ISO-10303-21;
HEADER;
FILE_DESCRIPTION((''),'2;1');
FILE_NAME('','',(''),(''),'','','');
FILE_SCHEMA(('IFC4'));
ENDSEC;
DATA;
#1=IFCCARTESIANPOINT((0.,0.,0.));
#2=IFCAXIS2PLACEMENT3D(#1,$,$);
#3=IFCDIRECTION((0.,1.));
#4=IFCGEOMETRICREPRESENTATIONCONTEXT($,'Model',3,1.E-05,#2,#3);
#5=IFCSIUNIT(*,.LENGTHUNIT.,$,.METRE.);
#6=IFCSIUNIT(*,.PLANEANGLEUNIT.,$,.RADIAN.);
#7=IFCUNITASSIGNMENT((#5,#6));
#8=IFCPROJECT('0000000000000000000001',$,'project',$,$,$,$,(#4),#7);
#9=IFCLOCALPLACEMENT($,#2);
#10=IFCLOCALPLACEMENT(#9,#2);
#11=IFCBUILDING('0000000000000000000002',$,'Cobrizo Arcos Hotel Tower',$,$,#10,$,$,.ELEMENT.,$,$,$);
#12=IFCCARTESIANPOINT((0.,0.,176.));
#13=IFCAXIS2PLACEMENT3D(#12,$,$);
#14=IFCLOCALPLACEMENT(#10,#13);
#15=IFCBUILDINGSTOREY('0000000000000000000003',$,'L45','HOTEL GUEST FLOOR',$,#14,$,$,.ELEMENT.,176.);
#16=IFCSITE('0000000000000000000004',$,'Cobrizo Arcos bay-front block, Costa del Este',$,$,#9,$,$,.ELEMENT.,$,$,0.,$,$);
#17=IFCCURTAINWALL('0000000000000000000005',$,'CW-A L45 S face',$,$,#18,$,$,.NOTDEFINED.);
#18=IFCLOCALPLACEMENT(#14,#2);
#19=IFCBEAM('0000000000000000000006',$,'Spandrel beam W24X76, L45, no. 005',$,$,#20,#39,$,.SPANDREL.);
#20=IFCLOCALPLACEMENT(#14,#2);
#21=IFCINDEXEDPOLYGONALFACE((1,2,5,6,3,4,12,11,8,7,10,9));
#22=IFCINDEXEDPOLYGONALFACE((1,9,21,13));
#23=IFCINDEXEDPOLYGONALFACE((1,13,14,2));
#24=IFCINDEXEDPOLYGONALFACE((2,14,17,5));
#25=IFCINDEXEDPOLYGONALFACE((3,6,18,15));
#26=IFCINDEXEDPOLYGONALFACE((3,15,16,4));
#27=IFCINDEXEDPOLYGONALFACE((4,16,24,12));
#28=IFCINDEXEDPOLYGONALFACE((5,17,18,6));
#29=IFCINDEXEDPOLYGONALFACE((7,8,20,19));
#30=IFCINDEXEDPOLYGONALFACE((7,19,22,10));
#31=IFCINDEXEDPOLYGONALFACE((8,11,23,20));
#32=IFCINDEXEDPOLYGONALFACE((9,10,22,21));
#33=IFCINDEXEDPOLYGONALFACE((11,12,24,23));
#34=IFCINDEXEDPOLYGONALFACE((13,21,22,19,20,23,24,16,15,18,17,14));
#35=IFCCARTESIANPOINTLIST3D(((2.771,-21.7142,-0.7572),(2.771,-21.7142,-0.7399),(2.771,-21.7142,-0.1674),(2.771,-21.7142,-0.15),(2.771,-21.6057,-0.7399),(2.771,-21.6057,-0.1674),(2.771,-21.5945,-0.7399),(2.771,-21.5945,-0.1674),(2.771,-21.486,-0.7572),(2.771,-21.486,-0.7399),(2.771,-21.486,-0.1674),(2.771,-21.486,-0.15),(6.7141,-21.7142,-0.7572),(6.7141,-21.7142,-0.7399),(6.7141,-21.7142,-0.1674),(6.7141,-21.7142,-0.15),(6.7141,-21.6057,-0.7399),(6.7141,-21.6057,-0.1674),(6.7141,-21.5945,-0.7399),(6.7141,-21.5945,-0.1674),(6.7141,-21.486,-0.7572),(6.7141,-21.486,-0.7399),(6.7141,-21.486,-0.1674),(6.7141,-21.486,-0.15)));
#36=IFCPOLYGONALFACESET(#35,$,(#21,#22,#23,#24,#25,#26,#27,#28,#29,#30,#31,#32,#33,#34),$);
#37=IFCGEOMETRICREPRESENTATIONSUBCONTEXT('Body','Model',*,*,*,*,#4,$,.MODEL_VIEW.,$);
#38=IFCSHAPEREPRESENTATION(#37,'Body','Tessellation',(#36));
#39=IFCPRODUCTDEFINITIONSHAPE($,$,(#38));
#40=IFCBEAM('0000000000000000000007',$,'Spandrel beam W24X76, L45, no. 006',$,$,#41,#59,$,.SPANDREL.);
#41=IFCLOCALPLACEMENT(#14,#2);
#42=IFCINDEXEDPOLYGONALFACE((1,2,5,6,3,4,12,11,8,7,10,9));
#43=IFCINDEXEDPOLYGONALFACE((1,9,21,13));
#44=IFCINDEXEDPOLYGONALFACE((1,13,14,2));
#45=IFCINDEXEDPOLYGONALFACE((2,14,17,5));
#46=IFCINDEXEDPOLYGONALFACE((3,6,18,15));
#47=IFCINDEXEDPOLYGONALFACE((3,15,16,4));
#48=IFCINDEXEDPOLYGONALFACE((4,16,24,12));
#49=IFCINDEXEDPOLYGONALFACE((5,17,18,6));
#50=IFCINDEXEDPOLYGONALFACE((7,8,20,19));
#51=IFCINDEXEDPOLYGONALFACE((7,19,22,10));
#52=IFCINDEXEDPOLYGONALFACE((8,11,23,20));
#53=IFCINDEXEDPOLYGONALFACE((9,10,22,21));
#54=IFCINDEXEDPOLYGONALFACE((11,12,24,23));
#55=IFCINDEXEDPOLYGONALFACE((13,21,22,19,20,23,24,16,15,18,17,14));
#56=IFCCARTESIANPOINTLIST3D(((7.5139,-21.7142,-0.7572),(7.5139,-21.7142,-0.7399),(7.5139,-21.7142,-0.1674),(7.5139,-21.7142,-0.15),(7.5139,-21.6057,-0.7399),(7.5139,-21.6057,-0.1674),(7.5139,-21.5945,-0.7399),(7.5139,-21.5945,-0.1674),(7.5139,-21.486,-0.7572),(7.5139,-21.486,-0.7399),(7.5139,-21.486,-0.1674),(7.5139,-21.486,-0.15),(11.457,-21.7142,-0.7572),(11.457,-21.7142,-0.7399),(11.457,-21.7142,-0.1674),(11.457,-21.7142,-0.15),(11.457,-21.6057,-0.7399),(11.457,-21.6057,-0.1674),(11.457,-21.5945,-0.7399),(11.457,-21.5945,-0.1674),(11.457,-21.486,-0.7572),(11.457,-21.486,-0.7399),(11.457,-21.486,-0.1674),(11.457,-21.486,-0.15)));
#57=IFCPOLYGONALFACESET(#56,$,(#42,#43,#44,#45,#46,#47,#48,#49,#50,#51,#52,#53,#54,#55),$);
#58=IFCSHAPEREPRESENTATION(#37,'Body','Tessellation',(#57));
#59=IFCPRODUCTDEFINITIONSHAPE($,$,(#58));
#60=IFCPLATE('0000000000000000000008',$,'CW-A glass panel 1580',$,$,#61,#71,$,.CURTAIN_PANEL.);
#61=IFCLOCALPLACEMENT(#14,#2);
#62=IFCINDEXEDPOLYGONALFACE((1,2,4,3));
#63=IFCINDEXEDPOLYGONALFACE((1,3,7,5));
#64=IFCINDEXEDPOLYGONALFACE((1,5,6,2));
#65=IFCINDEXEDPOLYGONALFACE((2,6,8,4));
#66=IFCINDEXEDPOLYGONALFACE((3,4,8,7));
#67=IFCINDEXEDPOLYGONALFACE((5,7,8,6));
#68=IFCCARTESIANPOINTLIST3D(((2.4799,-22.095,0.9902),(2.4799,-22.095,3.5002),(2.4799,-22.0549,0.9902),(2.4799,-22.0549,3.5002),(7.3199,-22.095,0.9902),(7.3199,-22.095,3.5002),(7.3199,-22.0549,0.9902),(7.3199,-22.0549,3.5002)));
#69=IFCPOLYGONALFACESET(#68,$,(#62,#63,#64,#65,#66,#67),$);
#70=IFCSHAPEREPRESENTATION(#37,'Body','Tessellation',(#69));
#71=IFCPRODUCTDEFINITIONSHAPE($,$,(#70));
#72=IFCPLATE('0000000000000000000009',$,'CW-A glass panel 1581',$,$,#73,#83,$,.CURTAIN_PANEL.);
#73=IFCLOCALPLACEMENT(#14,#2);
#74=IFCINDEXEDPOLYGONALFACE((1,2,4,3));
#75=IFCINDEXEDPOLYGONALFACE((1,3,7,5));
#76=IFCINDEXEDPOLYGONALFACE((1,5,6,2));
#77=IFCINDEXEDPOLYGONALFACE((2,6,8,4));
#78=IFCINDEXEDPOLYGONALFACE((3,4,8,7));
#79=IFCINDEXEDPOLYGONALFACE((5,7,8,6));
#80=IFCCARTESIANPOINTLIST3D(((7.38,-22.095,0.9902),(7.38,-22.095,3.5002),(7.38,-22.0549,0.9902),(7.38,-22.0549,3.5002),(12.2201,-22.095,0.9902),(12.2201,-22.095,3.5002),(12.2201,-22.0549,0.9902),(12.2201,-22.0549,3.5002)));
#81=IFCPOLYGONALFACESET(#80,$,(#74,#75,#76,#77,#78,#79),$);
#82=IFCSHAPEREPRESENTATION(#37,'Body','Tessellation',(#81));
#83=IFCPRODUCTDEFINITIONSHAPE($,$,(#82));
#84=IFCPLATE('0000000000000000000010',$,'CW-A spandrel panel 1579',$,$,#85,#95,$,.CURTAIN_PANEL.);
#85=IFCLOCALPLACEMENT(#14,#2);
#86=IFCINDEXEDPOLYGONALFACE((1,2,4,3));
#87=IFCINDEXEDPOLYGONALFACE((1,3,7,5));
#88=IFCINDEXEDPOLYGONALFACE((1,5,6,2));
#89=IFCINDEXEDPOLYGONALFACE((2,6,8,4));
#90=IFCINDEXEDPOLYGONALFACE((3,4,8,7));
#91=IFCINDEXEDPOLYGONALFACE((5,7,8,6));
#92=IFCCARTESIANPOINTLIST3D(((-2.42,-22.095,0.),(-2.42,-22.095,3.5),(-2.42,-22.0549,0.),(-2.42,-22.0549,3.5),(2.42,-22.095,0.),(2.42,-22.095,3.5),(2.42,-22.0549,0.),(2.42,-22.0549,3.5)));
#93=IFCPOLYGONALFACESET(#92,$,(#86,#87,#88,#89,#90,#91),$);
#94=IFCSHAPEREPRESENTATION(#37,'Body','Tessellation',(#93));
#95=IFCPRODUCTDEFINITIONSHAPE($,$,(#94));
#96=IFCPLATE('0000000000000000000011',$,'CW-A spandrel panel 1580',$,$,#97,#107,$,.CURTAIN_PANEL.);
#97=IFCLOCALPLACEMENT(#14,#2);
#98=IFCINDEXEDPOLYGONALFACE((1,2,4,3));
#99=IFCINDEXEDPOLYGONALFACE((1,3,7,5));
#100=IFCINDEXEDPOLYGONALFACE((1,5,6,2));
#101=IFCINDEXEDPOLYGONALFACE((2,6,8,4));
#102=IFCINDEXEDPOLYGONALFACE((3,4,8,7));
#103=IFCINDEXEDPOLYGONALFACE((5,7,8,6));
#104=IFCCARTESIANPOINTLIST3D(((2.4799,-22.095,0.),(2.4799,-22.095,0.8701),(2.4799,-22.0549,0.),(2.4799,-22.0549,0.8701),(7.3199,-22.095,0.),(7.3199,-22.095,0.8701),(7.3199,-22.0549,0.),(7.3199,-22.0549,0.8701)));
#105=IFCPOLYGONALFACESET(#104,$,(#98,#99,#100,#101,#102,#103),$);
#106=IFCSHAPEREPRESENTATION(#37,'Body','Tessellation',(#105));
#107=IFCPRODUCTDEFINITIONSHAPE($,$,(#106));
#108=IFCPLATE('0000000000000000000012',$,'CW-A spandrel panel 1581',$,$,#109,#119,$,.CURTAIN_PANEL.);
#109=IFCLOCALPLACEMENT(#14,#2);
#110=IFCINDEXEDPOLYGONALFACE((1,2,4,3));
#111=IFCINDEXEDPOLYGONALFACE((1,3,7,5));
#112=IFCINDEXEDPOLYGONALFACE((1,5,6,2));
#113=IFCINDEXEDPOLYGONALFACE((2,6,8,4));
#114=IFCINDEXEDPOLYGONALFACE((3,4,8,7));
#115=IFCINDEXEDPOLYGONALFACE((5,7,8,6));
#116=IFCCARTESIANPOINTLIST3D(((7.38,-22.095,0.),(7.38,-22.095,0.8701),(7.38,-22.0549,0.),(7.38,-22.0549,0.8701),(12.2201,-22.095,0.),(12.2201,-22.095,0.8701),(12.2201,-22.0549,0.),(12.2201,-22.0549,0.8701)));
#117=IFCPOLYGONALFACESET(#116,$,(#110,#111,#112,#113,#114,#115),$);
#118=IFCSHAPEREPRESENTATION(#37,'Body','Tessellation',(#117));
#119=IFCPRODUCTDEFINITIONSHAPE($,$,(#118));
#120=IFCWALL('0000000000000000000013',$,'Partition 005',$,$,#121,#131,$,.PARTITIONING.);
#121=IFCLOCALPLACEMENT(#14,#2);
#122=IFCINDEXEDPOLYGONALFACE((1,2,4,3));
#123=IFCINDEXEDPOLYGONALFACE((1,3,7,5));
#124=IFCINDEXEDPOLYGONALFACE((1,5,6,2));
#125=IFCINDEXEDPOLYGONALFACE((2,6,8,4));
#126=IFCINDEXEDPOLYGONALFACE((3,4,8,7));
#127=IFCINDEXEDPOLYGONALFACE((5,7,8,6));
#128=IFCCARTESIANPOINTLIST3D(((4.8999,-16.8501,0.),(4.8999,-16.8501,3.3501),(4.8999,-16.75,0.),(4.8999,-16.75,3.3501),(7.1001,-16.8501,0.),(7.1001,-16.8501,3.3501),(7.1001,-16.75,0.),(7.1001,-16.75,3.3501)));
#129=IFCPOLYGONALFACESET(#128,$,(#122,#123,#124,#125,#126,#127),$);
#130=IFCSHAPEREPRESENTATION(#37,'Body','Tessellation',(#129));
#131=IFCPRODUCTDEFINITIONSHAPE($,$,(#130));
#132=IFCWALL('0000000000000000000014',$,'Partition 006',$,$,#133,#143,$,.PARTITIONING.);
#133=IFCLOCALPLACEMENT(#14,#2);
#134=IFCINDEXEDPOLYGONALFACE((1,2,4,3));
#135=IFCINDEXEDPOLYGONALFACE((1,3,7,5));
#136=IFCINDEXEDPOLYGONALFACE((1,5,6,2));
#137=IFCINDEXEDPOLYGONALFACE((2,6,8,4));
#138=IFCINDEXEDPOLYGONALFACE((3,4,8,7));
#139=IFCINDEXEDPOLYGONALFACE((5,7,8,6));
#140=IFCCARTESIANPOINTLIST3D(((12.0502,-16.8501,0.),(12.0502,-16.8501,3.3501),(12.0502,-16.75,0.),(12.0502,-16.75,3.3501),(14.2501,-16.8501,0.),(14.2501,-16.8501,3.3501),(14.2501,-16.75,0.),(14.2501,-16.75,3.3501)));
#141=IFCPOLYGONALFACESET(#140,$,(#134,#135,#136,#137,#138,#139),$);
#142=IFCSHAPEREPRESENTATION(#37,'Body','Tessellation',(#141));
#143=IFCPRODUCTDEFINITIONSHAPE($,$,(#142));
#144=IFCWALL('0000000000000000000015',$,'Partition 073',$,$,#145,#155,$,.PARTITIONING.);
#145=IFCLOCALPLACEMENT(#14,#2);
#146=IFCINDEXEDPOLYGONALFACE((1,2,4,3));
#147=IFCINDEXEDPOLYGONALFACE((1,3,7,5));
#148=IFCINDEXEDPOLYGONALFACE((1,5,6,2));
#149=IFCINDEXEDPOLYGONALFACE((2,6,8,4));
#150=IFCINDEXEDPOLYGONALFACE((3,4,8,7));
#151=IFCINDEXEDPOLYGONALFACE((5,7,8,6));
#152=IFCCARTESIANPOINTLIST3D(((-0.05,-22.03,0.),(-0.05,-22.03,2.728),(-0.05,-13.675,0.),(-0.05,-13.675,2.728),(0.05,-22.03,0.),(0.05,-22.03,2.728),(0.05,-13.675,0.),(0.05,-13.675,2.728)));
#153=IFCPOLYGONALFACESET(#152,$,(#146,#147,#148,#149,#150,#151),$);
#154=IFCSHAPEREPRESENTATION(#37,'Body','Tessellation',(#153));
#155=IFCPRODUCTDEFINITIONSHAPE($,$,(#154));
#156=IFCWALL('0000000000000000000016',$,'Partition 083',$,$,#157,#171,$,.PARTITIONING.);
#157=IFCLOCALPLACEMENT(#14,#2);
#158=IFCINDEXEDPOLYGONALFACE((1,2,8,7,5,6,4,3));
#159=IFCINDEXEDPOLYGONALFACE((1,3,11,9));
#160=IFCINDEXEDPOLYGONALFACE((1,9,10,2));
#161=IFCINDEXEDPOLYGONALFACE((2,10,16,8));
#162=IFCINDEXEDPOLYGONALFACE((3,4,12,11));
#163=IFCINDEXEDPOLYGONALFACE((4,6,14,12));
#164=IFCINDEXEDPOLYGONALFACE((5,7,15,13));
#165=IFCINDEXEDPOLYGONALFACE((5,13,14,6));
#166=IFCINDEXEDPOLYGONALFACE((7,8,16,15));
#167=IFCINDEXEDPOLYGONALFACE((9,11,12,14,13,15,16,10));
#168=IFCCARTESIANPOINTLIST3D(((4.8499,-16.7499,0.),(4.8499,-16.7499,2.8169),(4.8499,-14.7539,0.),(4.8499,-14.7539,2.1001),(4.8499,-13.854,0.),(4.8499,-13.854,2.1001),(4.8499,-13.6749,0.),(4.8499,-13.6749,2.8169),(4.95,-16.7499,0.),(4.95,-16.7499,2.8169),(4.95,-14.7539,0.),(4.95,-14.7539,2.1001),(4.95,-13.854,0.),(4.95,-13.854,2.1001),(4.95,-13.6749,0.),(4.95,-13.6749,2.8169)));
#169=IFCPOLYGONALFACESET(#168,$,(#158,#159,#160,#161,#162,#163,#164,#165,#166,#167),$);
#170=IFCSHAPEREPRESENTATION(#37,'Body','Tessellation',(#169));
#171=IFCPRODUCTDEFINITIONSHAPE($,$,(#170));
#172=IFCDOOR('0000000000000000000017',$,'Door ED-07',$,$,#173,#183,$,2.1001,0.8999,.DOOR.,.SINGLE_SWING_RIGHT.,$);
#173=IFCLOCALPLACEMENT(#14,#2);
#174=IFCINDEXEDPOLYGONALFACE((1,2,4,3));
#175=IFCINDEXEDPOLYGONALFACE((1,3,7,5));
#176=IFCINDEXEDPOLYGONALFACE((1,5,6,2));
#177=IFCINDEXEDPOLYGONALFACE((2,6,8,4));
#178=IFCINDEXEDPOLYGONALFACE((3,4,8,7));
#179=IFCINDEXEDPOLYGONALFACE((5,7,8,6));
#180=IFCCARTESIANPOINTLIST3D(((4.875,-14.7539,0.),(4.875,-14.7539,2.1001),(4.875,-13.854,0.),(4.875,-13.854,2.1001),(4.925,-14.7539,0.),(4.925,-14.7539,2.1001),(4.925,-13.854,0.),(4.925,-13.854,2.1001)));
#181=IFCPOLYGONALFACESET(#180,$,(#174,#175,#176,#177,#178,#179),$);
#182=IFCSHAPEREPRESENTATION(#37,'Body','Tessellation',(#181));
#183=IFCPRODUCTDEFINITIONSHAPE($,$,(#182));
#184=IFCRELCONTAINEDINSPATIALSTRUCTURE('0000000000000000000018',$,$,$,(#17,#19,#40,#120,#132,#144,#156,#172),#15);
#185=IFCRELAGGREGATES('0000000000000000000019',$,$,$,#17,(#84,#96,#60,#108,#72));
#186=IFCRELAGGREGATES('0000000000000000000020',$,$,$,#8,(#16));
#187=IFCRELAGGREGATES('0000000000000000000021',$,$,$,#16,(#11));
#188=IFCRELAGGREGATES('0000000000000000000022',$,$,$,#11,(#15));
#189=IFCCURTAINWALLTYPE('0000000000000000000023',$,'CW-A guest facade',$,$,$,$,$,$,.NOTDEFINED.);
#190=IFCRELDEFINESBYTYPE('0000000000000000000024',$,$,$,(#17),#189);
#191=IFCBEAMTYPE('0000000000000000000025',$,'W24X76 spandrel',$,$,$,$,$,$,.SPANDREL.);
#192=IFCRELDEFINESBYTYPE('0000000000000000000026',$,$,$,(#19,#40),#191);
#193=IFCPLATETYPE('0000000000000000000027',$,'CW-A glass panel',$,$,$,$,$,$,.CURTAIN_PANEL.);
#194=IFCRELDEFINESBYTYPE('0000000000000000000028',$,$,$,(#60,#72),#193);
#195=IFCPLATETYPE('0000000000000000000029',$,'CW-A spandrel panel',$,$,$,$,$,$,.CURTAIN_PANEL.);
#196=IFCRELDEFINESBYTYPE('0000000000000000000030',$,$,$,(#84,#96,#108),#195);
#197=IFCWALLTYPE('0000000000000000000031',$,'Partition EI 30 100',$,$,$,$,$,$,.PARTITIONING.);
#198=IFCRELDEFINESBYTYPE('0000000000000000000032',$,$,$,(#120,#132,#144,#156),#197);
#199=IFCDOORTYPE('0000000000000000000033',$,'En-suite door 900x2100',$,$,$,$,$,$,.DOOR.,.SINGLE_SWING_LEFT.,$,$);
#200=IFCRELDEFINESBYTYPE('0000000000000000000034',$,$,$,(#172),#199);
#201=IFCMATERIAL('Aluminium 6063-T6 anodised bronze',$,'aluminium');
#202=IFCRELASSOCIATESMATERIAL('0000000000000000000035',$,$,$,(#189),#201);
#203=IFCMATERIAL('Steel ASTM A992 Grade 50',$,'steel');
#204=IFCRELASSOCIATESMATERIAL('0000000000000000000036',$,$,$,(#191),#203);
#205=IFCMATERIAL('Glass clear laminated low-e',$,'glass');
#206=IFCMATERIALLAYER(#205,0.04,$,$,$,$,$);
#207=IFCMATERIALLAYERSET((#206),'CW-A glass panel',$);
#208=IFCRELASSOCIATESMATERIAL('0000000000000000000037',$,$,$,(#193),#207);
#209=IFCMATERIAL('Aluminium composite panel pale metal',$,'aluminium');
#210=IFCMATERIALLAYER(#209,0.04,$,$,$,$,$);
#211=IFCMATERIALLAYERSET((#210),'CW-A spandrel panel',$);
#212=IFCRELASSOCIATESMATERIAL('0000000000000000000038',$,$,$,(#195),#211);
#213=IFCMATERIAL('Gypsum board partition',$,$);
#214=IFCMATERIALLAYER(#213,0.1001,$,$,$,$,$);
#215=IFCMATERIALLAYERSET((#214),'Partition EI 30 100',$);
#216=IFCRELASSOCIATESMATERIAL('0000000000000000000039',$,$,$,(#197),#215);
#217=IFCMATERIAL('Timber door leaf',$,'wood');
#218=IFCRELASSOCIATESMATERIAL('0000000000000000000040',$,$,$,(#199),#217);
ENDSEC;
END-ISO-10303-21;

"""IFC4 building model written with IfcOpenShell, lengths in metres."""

from ifc_helpers import new_model, si_unit, direction, frame, frame_2d, origin, origin_2d, place, context, subcontext, project, spatial, rectangle, i_section, extrude, material, layer, layer_set, material_profile, profile_set, type_object, element, fill, aggregate, save


model = new_model("IFC4")

# Units and contexts
model_context = context("Model", 3, precision=1e-05, world=origin(), true_north=direction((0.0, 1.0)))
body_context = subcontext(model_context, "Body", "Model", "MODEL_VIEW")
ifc_project = project(units=[si_unit("LENGTHUNIT", "METRE"), si_unit("PLANEANGLEUNIT", "RADIAN")], contexts=[model_context])

# Site, building, storey
site_placement = place(None, origin())
site = spatial("IfcSite", under=ifc_project, at=site_placement, Name="Cobrizo Arcos bay-front block, Costa del Este", CompositionType="ELEMENT", RefElevation=0.0)
building_placement = place(site_placement, origin())
building = spatial("IfcBuilding", under=site, at=building_placement, Name="Cobrizo Arcos Hotel Tower", CompositionType="ELEMENT")
storey_placement = place(building_placement, frame((0.0, 0.0, 176.0)))
storey = spatial("IfcBuildingStorey", under=building, at=storey_placement, Name="L45", Description="HOTEL GUEST FLOOR", CompositionType="ELEMENT", Elevation=176.0)

# Curtain wall
ifc_material_1 = material(Name="Aluminium 6063-T6 anodised bronze", Category="aluminium")
curtain_wall_type = type_object("IfcCurtainWallType", Name="CW-A guest facade", PredefinedType="NOTDEFINED", material=ifc_material_1)
curtain_wall_placement = place(storey_placement, origin())
curtain_wall = element("IfcCurtainWall", 1, at=curtain_wall_placement, inside=storey, type_object=curtain_wall_type, Name="CW-A L45 S face", PredefinedType="NOTDEFINED")

# Beams
ifc_material_2 = material(Name="Steel ASTM A992 Grade 50", Category="steel")
ifc_material_profile_1 = material_profile(ifc_material_2, i_section(OverallWidth=0.2283, OverallDepth=0.6072, WebThickness=0.0112, FlangeThickness=0.0173, at=origin_2d()), Name="W24X76")
ifc_profile_set_1 = profile_set([ifc_material_profile_1], Name="Steel ASTM A992 Grade 50")
beam_type_1 = type_object("IfcBeamType", Name="W24X76 spandrel", PredefinedType="SPANDREL", material=ifc_profile_set_1)
for number, where, z_axis, x_axis, name in (
    (2, (2.771, -21.6001, -0.4536), (1.0, 0.0, 0.0), (0.0, 1.0, 0.0), "Spandrel beam W24X76, L45, no. 005"),
    (3, (7.5139, -21.6001, -0.4536), (1.0, 0.0, 0.0), (0.0, 1.0, 0.0), "Spandrel beam W24X76, L45, no. 006"),
):
    element("IfcBeam", number, at=place(storey_placement, frame(where, z_axis=z_axis, x_axis=x_axis)), inside=storey, type_object=beam_type_1, Name=name, PredefinedType="SPANDREL", context=body_context, shape_type="SweptSolid", body=[
        extrude(i_section(OverallWidth=0.2283, OverallDepth=0.6072, WebThickness=0.0112, FlangeThickness=0.0173, at=origin_2d()), origin(), (0.0, 0.0, 1.0), 3.9431),
    ])

# Plates
ifc_material_3 = material(Name="Glass clear laminated low-e", Category="glass")
ifc_layer_1 = layer(ifc_material_3, 0.04)
ifc_layer_set_1 = layer_set([ifc_layer_1], Name="CW-A glass panel")
plate_type_1 = type_object("IfcPlateType", Name="CW-A glass panel", PredefinedType="CURTAIN_PANEL", material=ifc_layer_set_1)
plate_1_placement = place(storey_placement, frame((4.8999, -22.075, 0.9902), z_axis=(0.0, 0.0, 1.0), x_axis=(1.0, 0.0, 0.0)))
plate_1 = element("IfcPlate", 4, at=plate_1_placement, type_object=plate_type_1, Name="CW-A glass panel 1580", PredefinedType="CURTAIN_PANEL", context=body_context, shape_type="SweptSolid", body=[
    extrude(rectangle(XDim=4.8401, YDim=0.04, at=origin_2d()), origin(), (0.0, 0.0, 1.0), 2.51),
])
plate_2_placement = place(storey_placement, frame((9.8, -22.075, 0.9902), z_axis=(0.0, 0.0, 1.0), x_axis=(1.0, 0.0, 0.0)))
plate_2 = element("IfcPlate", 5, at=plate_2_placement, type_object=plate_type_1, Name="CW-A glass panel 1581", PredefinedType="CURTAIN_PANEL", context=body_context, shape_type="SweptSolid", body=[
    extrude(rectangle(XDim=4.8401, YDim=0.04, at=origin_2d()), origin(), (0.0, 0.0, 1.0), 2.51),
])
ifc_material_4 = material(Name="Aluminium composite panel pale metal", Category="aluminium")
ifc_layer_2 = layer(ifc_material_4, 0.04)
ifc_layer_set_2 = layer_set([ifc_layer_2], Name="CW-A spandrel panel")
plate_type_2 = type_object("IfcPlateType", Name="CW-A spandrel panel", PredefinedType="CURTAIN_PANEL", material=ifc_layer_set_2)
plate_3_placement = place(storey_placement, frame((0.0, -22.075, 0.0), z_axis=(0.0, 0.0, 1.0), x_axis=(1.0, 0.0, 0.0)))
plate_3 = element("IfcPlate", 6, at=plate_3_placement, type_object=plate_type_2, Name="CW-A spandrel panel 1579", PredefinedType="CURTAIN_PANEL", context=body_context, shape_type="SweptSolid", body=[
    extrude(rectangle(XDim=4.8401, YDim=0.04, at=origin_2d()), origin(), (0.0, 0.0, 1.0), 3.5),
])
plate_4_placement = place(storey_placement, frame((4.8999, -22.075, 0.0), z_axis=(0.0, 0.0, 1.0), x_axis=(1.0, 0.0, 0.0)))
plate_4 = element("IfcPlate", 7, at=plate_4_placement, type_object=plate_type_2, Name="CW-A spandrel panel 1580", PredefinedType="CURTAIN_PANEL", context=body_context, shape_type="SweptSolid", body=[
    extrude(rectangle(XDim=4.8401, YDim=0.04, at=origin_2d()), origin(), (0.0, 0.0, 1.0), 0.8701),
])
plate_5_placement = place(storey_placement, frame((9.8, -22.075, 0.0), z_axis=(0.0, 0.0, 1.0), x_axis=(1.0, 0.0, 0.0)))
plate_5 = element("IfcPlate", 8, at=plate_5_placement, type_object=plate_type_2, Name="CW-A spandrel panel 1581", PredefinedType="CURTAIN_PANEL", context=body_context, shape_type="SweptSolid", body=[
    extrude(rectangle(XDim=4.8401, YDim=0.04, at=origin_2d()), origin(), (0.0, 0.0, 1.0), 0.8701),
])
aggregate(curtain_wall, [plate_3, plate_4, plate_1, plate_5, plate_2])

# Walls
ifc_material_5 = material(Name="Gypsum board partition")
ifc_layer_3 = layer(ifc_material_5, 0.1001)
ifc_layer_set_3 = layer_set([ifc_layer_3], Name="Partition EI 30 100")
wall_type = type_object("IfcWallType", Name="Partition EI 30 100", PredefinedType="PARTITIONING", material=ifc_layer_set_3)
wall_1_placement = place(storey_placement, frame((4.8999, -16.8, 0.0), z_axis=(0.0, 0.0, 1.0), x_axis=(1.0, 0.0, 0.0)))
element("IfcWall", 9, at=wall_1_placement, inside=storey, type_object=wall_type, Name="Partition 005", PredefinedType="PARTITIONING", context=body_context, shape_type="SweptSolid", body=[
    extrude(rectangle(XDim=2.2002, YDim=0.1001, at=frame_2d((1.1001, 0.0))), origin(), (0.0, 0.0, 1.0), 3.3501),
])
wall_2_placement = place(storey_placement, frame((12.05, -16.8, 0.0), z_axis=(0.0, 0.0, 1.0), x_axis=(1.0, 0.0, 0.0)))
element("IfcWall", 10, at=wall_2_placement, inside=storey, type_object=wall_type, Name="Partition 006", PredefinedType="PARTITIONING", context=body_context, shape_type="SweptSolid", body=[
    extrude(rectangle(XDim=2.2, YDim=0.1001, at=frame_2d((1.1001, 0.0))), origin(), (0.0, 0.0, 1.0), 3.3501),
])
wall_3_placement = place(storey_placement, frame((0.0, -22.03, 0.0), z_axis=(0.0, 0.0, 1.0), x_axis=(0.0, 1.0, 0.0)))
element("IfcWall", 11, at=wall_3_placement, inside=storey, type_object=wall_type, Name="Partition 073", PredefinedType="PARTITIONING", context=body_context, shape_type="SweptSolid", body=[
    extrude(rectangle(XDim=8.355, YDim=0.1001, at=frame_2d((4.1775, 0.0))), origin(), (0.0, 0.0, 1.0), 2.728),
])

# Wall, opening, door
wall_4_placement = place(storey_placement, frame((4.8999, -16.75, 0.0), z_axis=(0.0, 0.0, 1.0), x_axis=(0.0, 1.0, 0.0)))
wall_4 = element("IfcWall", 12, at=wall_4_placement, inside=storey, type_object=wall_type, Name="Partition 083", PredefinedType="PARTITIONING", context=body_context, shape_type="SweptSolid", body=[
    extrude(rectangle(XDim=3.075, YDim=0.1001, at=frame_2d((1.5376, 0.0))), origin(), (0.0, 0.0, 1.0), 2.8169),
])
opening_placement = place(wall_4_placement, frame((1.9961, 0.0, 0.0)))
opening = element("IfcOpeningElement", 13, at=opening_placement, cuts=wall_4, PredefinedType="OPENING", context=body_context, shape_type="SweptSolid", body=[
    extrude(rectangle(XDim=0.8999, YDim=2.1001, at=frame_2d((0.45, 1.05))), frame((0.0, 0.062, 0.0), z_axis=(0.0, -1.0, 0.0), x_axis=(1.0, 0.0, 0.0)), (0.0, 0.0, 1.0), 0.124),
])
ifc_material_6 = material(Name="Timber door leaf", Category="wood")
door_type = type_object("IfcDoorType", Name="En-suite door 900x2100", OperationType="SINGLE_SWING_LEFT", PredefinedType="DOOR", material=ifc_material_6)
door_placement = place(opening_placement, origin())
door = element("IfcDoor", 14, at=door_placement, inside=storey, type_object=door_type, Name="Door ED-07", OperationType="SINGLE_SWING_RIGHT", OverallHeight=2.1001, OverallWidth=0.8999, PredefinedType="DOOR", context=body_context, shape_type="SweptSolid", body=[
    extrude(rectangle(XDim=0.8999, YDim=2.1001, at=frame_2d((0.45, 1.05))), frame((0.0, 0.0249, 0.0), z_axis=(0.0, -1.0, 0.0), x_axis=(1.0, 0.0, 0.0)), (0.0, 0.0, 1.0), 0.05),
])
fill(opening, door)

save(model, "model.ifc")
